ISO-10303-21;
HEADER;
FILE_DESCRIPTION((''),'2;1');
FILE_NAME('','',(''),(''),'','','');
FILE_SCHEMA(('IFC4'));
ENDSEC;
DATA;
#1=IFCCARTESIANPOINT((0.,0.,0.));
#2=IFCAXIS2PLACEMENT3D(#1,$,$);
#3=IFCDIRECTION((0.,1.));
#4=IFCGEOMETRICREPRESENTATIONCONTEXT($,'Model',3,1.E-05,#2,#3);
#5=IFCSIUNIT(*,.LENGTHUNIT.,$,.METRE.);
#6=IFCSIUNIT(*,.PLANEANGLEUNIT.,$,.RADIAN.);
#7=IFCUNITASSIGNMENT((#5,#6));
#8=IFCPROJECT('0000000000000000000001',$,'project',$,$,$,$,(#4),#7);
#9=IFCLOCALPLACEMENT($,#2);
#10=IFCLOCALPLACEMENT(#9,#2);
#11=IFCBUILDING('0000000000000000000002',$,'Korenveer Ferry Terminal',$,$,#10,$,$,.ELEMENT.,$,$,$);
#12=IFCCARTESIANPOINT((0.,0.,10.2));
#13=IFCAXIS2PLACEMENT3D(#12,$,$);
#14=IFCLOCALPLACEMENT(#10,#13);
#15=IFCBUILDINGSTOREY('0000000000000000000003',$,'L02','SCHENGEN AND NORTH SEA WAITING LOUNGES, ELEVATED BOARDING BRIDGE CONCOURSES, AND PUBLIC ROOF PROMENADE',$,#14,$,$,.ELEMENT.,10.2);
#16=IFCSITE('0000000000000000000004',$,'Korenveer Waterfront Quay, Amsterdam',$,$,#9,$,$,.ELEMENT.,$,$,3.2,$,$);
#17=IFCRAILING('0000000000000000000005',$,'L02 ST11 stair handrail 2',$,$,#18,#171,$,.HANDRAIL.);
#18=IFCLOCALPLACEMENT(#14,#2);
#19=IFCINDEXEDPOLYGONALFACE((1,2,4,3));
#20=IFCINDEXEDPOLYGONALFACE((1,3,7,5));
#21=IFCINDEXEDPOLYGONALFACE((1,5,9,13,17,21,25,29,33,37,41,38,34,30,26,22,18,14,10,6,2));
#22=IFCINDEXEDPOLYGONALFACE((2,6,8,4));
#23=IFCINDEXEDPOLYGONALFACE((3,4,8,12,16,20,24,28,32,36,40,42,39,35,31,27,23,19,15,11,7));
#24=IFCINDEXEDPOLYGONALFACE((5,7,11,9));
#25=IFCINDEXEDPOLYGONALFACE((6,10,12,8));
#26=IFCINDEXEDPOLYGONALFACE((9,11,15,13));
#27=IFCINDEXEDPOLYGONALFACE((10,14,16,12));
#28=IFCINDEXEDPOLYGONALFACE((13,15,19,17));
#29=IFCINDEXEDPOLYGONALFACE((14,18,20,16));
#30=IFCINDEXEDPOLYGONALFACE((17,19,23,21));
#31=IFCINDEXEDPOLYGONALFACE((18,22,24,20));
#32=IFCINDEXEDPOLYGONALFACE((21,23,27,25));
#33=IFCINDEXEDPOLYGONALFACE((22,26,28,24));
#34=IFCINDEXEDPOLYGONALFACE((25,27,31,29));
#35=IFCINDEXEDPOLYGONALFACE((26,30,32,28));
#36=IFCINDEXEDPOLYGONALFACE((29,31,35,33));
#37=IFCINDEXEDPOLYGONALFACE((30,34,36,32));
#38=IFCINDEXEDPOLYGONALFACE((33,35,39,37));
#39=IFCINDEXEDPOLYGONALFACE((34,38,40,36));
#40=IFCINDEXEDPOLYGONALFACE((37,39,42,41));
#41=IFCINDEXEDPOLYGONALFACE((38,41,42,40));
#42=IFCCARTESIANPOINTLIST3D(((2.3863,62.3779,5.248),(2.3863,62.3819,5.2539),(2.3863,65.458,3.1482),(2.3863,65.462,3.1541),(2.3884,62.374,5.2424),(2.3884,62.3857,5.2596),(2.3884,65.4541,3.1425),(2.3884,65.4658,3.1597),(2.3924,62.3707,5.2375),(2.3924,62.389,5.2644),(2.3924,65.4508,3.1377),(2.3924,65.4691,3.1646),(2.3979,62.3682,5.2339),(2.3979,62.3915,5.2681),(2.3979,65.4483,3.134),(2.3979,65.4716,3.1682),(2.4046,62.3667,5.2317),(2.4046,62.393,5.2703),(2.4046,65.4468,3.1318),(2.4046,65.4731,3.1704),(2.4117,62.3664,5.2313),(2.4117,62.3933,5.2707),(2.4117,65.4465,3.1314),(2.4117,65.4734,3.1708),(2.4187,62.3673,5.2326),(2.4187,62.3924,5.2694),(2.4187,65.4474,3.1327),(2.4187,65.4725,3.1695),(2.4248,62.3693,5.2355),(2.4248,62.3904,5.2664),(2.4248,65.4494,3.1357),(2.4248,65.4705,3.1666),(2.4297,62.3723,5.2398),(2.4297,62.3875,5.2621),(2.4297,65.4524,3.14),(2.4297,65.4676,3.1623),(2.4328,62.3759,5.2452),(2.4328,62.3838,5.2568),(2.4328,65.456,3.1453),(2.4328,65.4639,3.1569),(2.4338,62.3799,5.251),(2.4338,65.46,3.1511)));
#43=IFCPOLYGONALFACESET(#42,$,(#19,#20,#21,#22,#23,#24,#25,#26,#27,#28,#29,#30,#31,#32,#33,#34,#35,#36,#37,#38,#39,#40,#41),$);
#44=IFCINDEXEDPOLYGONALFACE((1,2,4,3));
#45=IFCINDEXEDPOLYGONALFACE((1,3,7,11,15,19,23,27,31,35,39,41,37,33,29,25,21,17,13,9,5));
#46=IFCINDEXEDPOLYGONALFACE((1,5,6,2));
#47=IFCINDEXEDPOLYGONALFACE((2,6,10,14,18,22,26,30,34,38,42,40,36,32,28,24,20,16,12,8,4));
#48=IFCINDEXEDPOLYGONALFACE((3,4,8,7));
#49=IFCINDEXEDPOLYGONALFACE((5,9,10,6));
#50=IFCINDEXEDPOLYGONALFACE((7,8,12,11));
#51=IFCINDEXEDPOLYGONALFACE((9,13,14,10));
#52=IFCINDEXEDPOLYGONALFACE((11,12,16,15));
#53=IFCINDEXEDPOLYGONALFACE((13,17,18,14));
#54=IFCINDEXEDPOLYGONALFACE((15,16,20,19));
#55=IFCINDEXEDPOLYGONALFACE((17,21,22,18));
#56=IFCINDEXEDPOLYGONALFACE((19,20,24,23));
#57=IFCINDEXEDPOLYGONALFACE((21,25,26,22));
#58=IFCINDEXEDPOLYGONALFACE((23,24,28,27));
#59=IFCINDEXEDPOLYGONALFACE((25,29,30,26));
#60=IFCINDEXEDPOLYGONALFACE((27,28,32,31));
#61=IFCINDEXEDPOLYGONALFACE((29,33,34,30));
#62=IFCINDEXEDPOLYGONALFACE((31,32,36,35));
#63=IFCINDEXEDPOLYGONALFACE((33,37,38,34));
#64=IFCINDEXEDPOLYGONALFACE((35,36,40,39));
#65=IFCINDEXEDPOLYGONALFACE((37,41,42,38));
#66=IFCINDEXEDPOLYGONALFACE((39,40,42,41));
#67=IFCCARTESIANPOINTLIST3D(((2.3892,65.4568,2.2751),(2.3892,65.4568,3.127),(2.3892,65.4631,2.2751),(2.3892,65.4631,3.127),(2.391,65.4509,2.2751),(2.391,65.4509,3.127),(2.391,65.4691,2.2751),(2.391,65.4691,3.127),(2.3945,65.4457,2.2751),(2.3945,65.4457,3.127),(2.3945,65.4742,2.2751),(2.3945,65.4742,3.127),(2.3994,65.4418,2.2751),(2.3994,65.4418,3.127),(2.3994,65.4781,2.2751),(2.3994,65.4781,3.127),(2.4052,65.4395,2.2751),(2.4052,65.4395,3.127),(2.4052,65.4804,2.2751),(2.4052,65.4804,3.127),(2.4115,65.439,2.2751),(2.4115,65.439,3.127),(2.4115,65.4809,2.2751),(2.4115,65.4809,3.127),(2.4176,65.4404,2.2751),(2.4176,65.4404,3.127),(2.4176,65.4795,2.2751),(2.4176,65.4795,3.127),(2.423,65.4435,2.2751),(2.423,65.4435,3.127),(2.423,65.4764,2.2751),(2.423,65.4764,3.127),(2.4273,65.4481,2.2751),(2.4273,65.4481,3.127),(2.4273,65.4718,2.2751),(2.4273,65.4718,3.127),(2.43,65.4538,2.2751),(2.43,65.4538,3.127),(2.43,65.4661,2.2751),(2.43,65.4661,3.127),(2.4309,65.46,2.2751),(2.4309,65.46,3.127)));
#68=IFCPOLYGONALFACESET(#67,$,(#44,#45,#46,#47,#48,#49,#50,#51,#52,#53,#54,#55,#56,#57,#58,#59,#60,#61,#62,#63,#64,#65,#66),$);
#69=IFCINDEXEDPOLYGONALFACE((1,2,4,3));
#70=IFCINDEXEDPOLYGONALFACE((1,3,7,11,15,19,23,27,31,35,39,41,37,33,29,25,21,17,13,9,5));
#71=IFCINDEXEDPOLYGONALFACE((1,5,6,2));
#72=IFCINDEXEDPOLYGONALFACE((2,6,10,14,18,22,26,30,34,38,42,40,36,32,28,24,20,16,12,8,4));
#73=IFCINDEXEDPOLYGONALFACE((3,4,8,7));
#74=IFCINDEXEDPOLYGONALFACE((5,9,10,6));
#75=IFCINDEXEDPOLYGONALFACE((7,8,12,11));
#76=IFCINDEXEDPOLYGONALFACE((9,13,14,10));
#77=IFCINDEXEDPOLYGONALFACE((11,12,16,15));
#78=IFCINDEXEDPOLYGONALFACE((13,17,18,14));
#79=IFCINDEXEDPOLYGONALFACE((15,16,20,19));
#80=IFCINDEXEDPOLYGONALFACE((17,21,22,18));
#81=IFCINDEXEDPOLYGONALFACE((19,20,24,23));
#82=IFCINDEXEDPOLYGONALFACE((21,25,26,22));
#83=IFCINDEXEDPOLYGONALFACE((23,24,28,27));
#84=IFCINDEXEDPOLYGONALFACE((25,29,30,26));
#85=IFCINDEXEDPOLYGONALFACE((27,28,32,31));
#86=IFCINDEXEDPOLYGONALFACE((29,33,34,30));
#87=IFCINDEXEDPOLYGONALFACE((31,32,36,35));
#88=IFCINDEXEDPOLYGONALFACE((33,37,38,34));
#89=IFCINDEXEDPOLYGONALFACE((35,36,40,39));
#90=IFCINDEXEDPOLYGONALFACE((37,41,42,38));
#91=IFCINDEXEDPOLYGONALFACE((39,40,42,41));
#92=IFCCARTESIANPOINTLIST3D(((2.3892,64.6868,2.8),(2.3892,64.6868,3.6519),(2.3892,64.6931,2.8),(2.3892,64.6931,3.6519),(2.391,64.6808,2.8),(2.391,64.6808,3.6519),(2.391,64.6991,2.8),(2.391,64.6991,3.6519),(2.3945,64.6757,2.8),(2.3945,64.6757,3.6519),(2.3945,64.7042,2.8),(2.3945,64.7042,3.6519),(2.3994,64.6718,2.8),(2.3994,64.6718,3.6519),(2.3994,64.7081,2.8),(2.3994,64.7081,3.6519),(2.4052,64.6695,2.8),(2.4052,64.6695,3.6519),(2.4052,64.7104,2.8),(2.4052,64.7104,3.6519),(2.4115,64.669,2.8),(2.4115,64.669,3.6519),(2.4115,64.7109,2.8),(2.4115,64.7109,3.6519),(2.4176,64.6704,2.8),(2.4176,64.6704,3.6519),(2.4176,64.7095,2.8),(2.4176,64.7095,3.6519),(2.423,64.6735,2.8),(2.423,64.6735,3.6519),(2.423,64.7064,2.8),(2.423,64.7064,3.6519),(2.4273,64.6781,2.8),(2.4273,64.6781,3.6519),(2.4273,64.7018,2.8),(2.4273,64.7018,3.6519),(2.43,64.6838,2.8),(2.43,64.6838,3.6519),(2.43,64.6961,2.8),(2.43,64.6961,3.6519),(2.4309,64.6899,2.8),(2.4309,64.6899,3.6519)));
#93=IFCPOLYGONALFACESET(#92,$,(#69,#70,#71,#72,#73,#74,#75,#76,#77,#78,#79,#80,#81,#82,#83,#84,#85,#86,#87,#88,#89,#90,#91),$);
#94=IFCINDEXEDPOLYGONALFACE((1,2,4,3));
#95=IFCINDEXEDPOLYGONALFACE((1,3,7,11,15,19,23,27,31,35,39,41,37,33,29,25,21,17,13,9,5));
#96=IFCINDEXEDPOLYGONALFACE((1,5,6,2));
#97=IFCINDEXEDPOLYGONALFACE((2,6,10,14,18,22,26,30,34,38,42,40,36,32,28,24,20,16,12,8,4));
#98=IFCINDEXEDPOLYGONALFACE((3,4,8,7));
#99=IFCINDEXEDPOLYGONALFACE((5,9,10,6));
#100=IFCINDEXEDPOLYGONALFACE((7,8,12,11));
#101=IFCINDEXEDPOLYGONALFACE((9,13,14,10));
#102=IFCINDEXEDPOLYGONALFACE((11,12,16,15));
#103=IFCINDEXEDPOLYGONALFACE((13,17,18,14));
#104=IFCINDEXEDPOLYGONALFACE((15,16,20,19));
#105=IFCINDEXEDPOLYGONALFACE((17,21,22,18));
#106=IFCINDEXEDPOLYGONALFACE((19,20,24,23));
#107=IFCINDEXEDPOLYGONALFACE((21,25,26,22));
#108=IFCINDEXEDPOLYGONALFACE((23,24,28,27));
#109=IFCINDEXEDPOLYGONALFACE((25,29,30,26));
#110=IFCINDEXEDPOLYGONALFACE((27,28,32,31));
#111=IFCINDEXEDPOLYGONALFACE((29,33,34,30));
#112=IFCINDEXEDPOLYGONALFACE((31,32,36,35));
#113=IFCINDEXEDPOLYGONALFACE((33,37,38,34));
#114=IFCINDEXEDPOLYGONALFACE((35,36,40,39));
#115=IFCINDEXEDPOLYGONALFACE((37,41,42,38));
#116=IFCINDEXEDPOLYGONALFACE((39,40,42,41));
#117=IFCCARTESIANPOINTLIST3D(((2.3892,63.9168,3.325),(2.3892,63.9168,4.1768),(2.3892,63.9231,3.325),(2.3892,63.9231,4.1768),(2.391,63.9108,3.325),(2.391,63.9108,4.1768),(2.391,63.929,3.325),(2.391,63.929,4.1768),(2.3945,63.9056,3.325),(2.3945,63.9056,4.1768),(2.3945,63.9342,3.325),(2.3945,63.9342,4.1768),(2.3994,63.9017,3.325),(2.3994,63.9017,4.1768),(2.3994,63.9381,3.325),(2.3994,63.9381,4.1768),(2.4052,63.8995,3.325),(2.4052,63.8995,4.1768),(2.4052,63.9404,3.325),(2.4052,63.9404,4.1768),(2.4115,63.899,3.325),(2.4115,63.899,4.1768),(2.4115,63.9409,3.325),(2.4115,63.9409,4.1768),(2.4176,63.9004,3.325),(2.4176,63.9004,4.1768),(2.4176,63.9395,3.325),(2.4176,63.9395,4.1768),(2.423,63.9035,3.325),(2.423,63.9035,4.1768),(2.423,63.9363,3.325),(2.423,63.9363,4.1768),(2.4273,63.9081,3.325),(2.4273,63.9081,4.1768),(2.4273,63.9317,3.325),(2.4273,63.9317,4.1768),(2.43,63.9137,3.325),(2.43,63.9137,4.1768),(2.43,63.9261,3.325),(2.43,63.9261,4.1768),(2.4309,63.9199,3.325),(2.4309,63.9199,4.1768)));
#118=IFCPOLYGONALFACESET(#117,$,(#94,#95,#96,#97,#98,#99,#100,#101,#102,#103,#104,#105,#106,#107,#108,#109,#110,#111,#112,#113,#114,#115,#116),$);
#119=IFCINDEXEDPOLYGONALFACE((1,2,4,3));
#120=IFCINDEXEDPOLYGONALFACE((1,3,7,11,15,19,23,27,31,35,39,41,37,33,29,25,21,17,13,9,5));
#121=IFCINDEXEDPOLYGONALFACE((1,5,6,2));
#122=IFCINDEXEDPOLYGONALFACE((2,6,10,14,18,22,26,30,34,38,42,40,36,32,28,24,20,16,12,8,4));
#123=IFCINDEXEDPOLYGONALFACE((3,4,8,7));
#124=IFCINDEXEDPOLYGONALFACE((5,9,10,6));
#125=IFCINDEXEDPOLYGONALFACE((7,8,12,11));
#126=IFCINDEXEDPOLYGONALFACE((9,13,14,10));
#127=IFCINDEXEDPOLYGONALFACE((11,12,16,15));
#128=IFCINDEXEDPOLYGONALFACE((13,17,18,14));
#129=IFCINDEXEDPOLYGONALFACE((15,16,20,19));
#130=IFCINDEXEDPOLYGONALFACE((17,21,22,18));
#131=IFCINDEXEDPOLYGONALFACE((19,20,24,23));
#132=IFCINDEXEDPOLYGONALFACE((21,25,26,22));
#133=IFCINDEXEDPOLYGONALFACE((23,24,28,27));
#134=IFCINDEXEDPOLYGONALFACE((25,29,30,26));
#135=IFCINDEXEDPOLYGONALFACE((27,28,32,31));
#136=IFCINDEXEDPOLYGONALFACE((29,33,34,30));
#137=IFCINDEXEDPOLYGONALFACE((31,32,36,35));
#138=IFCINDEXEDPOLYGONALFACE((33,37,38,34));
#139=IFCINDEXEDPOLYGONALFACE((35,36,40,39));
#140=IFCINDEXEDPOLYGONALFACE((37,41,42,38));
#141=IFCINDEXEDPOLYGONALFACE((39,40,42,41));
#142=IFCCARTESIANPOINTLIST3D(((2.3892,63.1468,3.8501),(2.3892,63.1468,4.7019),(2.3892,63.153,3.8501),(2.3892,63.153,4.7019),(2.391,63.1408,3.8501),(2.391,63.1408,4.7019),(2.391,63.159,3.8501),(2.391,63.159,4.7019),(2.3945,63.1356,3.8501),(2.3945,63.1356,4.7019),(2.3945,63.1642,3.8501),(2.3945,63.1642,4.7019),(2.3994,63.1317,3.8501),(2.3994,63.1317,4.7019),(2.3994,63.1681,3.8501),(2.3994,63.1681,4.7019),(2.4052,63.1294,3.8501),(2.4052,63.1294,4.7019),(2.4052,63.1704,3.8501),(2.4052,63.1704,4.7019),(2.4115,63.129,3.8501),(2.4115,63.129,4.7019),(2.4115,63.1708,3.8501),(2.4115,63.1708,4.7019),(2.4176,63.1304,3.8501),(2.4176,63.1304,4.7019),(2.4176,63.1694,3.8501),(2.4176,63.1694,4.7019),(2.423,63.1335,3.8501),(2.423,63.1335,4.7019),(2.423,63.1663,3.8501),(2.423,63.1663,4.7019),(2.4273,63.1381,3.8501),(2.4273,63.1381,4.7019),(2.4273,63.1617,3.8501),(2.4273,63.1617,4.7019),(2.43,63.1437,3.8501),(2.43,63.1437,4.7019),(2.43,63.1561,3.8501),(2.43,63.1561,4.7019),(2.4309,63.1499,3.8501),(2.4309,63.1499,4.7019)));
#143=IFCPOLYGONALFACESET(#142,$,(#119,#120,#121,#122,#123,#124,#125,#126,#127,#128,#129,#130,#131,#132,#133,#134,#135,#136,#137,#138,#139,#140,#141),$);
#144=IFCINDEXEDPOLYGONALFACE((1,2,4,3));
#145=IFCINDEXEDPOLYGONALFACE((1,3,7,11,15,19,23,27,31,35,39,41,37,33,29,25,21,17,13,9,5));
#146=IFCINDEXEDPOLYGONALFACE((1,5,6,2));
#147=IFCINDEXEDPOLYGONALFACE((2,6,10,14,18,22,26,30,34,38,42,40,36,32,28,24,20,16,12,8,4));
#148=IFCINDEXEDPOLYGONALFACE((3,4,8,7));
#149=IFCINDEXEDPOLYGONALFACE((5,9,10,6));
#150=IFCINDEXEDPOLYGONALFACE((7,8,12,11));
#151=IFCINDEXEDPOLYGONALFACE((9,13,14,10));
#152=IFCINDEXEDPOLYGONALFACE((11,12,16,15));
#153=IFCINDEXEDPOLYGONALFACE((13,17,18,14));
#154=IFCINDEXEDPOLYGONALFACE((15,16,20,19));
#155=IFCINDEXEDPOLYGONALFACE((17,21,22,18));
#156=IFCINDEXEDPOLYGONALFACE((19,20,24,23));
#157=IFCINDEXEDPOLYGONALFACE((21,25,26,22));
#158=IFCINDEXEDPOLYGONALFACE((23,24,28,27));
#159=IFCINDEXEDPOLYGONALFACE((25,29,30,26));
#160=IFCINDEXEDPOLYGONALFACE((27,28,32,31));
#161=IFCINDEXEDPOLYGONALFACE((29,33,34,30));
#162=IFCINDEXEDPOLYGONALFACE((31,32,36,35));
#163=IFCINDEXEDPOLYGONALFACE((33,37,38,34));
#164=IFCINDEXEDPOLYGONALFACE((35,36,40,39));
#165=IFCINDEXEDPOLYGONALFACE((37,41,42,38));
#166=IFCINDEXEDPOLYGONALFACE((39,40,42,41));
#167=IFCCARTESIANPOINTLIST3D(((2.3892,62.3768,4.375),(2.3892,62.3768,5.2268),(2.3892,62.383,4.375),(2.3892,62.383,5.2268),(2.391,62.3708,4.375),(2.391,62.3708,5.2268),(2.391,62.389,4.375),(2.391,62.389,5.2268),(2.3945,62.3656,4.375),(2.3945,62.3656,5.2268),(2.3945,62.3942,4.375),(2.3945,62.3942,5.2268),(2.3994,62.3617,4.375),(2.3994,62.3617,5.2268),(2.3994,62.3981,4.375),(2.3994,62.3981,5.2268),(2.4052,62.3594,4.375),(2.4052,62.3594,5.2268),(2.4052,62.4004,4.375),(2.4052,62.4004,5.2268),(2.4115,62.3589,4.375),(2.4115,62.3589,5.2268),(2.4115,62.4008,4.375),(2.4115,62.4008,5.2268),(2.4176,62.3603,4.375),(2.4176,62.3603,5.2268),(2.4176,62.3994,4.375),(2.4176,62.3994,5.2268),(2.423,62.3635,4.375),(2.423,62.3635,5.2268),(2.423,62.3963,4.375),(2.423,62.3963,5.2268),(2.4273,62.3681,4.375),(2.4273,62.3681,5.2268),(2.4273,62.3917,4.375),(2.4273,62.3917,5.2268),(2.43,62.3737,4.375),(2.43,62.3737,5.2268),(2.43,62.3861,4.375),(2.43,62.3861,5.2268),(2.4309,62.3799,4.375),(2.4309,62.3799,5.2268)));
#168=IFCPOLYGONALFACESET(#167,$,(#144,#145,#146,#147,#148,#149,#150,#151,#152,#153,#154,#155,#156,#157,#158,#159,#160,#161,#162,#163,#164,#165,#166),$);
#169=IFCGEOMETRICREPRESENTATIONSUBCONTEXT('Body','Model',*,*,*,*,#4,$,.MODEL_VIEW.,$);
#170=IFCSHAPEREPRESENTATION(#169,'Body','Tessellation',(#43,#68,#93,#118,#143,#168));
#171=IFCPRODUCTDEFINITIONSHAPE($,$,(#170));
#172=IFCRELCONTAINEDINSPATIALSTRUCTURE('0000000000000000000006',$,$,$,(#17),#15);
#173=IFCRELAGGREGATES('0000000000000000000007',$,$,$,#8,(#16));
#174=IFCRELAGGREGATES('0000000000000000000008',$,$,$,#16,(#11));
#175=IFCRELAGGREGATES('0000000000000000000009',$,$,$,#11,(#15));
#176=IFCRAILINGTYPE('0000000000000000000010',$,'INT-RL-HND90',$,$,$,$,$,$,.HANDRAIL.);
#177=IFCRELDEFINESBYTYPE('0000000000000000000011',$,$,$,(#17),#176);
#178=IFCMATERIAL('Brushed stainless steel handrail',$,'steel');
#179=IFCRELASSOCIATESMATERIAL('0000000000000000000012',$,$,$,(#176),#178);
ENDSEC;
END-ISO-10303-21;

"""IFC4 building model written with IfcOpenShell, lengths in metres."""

from ifc_helpers import new_model, si_unit, direction, frame, origin, origin_2d, place, context, subcontext, project, spatial, circle, extrude, material, type_object, element, save


model = new_model("IFC4")

# Units and contexts
model_context = context("Model", 3, precision=1e-05, world=origin(), true_north=direction((0.0, 1.0)))
body_context = subcontext(model_context, "Body", "Model", "MODEL_VIEW")
ifc_project = project(units=[si_unit("LENGTHUNIT", "METRE"), si_unit("PLANEANGLEUNIT", "RADIAN")], contexts=[model_context])

# Site, building, storey
site_placement = place(None, origin())
site = spatial("IfcSite", under=ifc_project, at=site_placement, Name="Korenveer Waterfront Quay, Amsterdam", CompositionType="ELEMENT", RefElevation=3.2)
building_placement = place(site_placement, origin())
building = spatial("IfcBuilding", under=site, at=building_placement, Name="Korenveer Ferry Terminal", CompositionType="ELEMENT")
storey_placement = place(building_placement, frame((0.0, 0.0, 10.2)))
storey = spatial("IfcBuildingStorey", under=building, at=storey_placement, Name="L02", Description="SCHENGEN AND NORTH SEA WAITING LOUNGES, ELEVATED BOARDING BRIDGE CONCOURSES, AND PUBLIC ROOF PROMENADE", CompositionType="ELEMENT", Elevation=10.2)

# Railing
ifc_material_1 = material(Name="Brushed stainless steel handrail", Category="steel")
railing_type_1 = type_object("IfcRailingType", Name="INT-RL-HND90", PredefinedType="HANDRAIL", material=ifc_material_1)
railing_1_placement = place(storey_placement, frame((2.4099, 65.46, 2.2751)))
element("IfcRailing", 1, at=railing_1_placement, inside=storey, type_object=railing_type_1, Name="L02 ST11 stair handrail 2", PredefinedType="HANDRAIL", context=body_context, shape_type="SweptSolid", body=[
    extrude(circle(Radius=0.0239, at=origin_2d()), frame((0.0, 0.0, 0.876), z_axis=(0.0, -0.826252, 0.5633), x_axis=(1.0, 0.0, 0.0)), (0.0, 0.0, 1.0), 3.7278),
    extrude(circle(Radius=0.021, at=origin_2d()), origin(), (0.0, 0.0, 1.0), 0.8518),
    extrude(circle(Radius=0.021, at=origin_2d()), frame((0.0, -0.77, 0.5249)), (0.0, 0.0, 1.0), 0.8518),
    extrude(circle(Radius=0.021, at=origin_2d()), frame((0.0, -1.54, 1.0498)), (0.0, 0.0, 1.0), 0.8518),
    extrude(circle(Radius=0.021, at=origin_2d()), frame((0.0, -2.3101, 1.575)), (0.0, 0.0, 1.0), 0.8518),
    extrude(circle(Radius=0.021, at=origin_2d()), frame((0.0, -3.0801, 2.0999)), (0.0, 0.0, 1.0), 0.8518),
])

save(model, "model.ifc")
